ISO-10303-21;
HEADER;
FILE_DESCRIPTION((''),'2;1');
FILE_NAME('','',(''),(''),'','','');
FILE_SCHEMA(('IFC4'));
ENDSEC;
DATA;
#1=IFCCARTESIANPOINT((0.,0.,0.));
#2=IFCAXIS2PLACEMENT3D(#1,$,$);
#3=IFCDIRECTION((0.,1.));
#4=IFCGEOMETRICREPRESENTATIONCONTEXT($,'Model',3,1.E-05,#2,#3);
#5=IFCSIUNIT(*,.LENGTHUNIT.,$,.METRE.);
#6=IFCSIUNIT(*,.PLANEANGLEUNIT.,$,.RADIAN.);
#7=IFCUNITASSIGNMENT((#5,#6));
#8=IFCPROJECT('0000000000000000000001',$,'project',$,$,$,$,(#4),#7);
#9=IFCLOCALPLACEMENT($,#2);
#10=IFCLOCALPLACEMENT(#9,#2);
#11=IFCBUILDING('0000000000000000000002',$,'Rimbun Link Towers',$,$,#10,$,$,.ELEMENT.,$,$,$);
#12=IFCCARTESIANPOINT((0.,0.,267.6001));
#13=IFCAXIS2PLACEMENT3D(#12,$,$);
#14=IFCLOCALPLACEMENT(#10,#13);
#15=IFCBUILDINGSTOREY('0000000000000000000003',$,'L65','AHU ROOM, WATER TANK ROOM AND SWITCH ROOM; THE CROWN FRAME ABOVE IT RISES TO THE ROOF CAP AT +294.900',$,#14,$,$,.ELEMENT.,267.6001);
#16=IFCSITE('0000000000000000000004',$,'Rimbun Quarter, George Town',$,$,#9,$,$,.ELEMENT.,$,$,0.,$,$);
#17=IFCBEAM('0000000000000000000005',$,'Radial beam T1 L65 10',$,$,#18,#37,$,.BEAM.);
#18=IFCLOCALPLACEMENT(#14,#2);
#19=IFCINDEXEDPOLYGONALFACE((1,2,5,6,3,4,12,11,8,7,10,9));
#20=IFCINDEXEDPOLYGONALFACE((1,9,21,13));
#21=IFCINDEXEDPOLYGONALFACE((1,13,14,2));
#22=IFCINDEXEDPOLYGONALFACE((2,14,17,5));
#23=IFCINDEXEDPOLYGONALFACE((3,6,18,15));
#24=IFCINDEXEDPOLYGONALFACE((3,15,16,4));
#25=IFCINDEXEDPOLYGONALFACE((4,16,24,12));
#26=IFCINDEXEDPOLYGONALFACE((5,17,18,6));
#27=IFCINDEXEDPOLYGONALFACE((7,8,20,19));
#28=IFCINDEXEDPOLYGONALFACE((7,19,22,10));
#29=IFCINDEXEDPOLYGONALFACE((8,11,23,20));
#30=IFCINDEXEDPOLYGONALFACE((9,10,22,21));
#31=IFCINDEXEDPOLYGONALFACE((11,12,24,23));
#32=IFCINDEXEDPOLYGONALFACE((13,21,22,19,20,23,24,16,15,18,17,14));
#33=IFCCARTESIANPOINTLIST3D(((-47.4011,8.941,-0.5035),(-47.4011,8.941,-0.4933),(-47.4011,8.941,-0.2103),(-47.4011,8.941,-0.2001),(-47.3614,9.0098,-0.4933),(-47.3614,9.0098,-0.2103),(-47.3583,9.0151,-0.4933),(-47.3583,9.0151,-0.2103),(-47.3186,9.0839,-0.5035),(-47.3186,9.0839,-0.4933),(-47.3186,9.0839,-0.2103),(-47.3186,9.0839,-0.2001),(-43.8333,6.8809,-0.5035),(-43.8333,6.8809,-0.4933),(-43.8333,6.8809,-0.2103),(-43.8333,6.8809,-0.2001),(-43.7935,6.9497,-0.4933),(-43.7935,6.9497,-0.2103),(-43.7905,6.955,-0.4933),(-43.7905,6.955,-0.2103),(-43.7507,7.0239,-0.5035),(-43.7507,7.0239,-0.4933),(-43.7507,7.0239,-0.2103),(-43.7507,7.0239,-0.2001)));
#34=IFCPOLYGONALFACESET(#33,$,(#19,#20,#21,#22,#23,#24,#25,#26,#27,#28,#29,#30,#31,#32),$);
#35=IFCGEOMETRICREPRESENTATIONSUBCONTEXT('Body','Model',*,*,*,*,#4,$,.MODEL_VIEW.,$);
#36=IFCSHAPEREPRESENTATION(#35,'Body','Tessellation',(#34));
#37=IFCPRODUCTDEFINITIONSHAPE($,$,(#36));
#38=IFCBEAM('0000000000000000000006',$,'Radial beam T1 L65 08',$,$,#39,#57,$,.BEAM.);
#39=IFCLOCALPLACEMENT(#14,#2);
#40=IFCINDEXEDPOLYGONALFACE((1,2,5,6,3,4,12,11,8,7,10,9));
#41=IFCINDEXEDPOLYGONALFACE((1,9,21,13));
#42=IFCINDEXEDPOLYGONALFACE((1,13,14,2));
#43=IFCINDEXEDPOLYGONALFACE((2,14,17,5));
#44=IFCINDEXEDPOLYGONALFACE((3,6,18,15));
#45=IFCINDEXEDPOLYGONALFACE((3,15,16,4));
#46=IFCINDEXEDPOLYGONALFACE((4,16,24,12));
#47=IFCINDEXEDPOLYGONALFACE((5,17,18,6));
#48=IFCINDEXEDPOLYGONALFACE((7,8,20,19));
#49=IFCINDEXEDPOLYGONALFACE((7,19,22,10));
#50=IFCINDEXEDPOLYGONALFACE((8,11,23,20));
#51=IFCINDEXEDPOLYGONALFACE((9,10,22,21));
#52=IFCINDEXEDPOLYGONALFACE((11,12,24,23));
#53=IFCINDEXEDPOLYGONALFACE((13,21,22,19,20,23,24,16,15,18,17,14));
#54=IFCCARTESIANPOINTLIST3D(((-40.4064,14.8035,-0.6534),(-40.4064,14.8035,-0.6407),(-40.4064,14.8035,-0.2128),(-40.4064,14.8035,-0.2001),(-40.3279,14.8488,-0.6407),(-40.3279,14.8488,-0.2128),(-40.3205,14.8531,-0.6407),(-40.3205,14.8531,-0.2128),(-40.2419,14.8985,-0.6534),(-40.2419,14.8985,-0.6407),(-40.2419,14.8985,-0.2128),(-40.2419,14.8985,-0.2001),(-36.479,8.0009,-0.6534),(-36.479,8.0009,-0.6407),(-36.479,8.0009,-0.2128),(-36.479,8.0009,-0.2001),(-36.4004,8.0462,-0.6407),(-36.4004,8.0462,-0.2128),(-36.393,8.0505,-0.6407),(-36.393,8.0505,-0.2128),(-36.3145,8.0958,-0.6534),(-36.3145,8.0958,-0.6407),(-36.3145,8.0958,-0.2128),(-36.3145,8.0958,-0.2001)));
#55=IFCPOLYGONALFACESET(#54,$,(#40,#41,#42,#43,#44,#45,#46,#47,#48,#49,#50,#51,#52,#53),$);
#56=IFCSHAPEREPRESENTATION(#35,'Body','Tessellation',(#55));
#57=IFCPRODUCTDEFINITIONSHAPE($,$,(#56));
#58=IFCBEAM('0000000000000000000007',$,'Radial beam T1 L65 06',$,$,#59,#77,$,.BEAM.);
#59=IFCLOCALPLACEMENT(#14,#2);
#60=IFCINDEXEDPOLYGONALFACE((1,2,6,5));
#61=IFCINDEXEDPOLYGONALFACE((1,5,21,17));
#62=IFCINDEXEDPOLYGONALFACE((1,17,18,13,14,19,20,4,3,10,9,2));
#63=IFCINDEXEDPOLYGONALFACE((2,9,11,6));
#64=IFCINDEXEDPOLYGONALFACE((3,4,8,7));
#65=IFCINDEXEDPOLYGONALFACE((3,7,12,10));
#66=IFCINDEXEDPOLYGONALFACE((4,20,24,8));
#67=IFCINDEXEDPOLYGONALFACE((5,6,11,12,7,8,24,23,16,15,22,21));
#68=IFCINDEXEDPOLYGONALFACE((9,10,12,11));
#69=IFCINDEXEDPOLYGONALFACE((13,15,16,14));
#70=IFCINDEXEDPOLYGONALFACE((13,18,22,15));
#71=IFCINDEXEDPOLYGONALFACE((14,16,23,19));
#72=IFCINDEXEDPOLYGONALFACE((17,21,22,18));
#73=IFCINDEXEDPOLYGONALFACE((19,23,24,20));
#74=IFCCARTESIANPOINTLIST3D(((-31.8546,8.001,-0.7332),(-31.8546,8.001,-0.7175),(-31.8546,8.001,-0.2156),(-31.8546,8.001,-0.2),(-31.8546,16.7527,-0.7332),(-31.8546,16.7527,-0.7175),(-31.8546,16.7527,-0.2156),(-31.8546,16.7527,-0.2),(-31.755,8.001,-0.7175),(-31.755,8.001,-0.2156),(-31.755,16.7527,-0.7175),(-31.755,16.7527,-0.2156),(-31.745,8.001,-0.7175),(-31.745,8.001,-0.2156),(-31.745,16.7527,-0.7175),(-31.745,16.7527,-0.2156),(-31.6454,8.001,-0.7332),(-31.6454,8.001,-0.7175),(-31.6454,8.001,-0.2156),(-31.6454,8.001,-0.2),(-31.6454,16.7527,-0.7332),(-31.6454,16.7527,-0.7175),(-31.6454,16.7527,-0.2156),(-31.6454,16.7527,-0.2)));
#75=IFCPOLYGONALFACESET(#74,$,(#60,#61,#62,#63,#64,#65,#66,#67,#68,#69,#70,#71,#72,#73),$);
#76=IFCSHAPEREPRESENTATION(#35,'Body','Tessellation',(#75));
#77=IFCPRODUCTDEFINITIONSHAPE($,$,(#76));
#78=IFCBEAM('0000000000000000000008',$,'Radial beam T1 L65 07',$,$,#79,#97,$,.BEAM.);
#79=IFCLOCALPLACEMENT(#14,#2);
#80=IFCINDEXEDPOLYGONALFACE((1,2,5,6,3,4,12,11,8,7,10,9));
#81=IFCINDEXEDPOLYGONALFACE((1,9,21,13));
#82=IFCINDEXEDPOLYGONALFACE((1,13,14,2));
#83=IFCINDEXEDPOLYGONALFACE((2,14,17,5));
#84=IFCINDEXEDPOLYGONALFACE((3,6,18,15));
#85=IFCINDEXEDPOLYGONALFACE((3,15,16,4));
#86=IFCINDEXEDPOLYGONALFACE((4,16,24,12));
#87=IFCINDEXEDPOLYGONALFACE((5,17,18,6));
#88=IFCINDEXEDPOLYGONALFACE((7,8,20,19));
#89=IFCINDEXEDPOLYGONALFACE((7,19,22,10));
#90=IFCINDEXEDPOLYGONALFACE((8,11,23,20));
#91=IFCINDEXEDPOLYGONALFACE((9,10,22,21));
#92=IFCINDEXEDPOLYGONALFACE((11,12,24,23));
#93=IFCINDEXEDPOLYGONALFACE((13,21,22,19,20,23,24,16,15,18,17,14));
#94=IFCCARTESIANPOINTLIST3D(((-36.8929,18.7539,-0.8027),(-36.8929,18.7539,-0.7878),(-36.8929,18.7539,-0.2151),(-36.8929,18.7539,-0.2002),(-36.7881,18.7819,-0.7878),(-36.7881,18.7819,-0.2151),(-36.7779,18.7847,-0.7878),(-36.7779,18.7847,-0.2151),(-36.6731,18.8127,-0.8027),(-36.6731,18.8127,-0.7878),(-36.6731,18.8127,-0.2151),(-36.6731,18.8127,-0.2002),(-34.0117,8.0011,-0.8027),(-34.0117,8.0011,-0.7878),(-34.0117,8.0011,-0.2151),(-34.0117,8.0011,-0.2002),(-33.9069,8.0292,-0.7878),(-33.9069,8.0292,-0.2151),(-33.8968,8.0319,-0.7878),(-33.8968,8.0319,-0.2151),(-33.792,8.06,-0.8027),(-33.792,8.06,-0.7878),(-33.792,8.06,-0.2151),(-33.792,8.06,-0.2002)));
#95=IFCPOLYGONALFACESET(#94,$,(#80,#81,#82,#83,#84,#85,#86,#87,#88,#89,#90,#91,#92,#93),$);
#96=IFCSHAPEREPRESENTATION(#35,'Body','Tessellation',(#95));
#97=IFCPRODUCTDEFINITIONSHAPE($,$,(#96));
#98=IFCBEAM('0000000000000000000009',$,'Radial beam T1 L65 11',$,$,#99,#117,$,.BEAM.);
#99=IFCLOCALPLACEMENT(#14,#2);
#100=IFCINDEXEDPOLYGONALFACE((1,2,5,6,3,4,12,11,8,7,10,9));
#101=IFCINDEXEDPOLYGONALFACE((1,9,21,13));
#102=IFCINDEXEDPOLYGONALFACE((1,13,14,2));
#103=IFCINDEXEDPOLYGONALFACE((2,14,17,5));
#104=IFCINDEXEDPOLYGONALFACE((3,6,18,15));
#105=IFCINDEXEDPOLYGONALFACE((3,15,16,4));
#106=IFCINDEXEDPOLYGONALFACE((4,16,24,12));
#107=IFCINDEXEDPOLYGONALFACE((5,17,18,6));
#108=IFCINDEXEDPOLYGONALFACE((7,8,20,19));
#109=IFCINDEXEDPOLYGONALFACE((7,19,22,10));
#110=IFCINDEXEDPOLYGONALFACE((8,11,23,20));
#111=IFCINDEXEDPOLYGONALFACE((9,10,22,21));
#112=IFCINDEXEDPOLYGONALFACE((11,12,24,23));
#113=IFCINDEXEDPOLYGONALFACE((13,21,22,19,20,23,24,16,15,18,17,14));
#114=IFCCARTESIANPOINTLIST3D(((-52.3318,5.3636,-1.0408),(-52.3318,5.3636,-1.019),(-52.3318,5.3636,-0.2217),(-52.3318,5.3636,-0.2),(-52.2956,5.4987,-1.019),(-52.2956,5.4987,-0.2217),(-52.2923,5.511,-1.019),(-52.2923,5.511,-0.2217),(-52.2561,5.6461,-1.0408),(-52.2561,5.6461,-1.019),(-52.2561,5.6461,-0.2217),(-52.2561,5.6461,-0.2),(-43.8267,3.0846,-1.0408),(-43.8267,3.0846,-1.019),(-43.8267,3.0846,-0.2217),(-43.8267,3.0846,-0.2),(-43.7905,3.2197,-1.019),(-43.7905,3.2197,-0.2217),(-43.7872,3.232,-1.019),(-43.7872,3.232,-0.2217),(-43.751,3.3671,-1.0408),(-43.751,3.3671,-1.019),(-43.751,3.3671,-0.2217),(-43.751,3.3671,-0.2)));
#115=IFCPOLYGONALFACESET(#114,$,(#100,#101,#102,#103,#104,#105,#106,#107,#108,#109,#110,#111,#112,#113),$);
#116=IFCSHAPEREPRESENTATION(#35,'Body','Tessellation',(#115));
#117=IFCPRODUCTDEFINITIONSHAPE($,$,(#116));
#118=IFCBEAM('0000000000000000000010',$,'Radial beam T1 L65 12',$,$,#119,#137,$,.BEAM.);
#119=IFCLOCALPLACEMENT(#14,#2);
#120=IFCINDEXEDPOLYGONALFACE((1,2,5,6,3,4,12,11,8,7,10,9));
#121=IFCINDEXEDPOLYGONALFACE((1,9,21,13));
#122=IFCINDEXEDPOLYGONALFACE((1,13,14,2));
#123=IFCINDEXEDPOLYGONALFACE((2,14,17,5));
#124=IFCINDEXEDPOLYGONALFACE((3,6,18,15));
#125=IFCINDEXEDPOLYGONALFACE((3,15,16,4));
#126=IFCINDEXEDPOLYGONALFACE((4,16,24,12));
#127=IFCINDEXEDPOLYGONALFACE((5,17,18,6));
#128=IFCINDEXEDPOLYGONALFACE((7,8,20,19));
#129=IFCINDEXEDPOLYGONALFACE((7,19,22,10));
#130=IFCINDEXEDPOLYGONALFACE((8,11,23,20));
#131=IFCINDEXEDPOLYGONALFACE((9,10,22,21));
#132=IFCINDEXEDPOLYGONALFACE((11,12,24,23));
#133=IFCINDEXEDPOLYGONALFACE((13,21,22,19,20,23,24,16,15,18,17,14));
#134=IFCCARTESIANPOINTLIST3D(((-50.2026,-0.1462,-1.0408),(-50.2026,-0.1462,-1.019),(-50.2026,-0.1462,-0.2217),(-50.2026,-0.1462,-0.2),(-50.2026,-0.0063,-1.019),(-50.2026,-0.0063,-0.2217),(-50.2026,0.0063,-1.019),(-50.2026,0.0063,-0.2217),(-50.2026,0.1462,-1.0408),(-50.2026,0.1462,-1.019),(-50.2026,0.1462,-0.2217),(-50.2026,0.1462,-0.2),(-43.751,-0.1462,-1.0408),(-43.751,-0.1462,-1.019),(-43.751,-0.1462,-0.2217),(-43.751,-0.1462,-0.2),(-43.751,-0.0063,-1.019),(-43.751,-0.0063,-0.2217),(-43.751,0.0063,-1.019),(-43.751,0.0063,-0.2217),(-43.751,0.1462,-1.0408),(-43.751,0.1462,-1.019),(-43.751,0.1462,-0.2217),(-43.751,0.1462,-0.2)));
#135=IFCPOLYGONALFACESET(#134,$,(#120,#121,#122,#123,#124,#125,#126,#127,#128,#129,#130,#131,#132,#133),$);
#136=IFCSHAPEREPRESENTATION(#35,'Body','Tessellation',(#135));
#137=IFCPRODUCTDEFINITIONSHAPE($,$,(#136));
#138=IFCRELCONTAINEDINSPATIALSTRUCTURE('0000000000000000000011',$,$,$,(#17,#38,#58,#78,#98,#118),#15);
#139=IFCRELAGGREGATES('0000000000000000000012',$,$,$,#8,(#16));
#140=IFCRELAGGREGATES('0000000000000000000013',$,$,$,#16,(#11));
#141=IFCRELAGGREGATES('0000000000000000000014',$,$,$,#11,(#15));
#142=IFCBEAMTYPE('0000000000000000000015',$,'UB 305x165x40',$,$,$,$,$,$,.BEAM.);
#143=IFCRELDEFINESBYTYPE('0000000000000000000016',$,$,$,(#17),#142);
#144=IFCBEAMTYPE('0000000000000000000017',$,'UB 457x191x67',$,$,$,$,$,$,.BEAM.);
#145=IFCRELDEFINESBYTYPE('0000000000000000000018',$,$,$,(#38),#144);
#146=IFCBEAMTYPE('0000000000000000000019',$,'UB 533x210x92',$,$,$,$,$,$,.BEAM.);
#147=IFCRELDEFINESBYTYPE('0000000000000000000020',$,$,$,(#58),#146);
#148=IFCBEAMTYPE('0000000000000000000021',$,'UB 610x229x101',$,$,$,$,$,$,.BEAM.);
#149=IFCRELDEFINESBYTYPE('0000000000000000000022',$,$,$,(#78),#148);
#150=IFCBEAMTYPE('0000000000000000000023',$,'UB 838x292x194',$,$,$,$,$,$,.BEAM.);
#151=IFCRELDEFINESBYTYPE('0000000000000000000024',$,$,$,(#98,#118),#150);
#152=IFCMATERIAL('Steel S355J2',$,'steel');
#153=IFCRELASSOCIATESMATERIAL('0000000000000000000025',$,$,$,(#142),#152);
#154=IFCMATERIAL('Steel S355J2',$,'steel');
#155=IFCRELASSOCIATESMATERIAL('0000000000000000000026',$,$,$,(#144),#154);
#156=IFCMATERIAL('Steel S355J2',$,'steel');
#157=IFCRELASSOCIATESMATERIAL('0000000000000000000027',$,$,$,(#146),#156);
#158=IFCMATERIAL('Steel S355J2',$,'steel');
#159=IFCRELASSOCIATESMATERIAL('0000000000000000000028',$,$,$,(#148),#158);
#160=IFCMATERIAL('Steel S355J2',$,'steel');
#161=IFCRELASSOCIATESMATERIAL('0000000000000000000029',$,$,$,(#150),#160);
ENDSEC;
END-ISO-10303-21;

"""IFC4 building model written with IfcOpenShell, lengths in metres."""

from ifc_helpers import new_model, si_unit, direction, frame, origin, origin_2d, place, context, subcontext, project, spatial, i_section, extrude, material, material_profile, profile_set, type_object, element, save


model = new_model("IFC4")

# Units and contexts
model_context = context("Model", 3, precision=1e-05, world=origin(), true_north=direction((0.0, 1.0)))
body_context = subcontext(model_context, "Body", "Model", "MODEL_VIEW")
ifc_project = project(units=[si_unit("LENGTHUNIT", "METRE"), si_unit("PLANEANGLEUNIT", "RADIAN")], contexts=[model_context])

# Site, building, storey
site_placement = place(None, origin())
site = spatial("IfcSite", under=ifc_project, at=site_placement, Name="Rimbun Quarter, George Town", CompositionType="ELEMENT", RefElevation=0.0)
building_placement = place(site_placement, origin())
building = spatial("IfcBuilding", under=site, at=building_placement, Name="Rimbun Link Towers", CompositionType="ELEMENT")
storey_placement = place(building_placement, frame((0.0, 0.0, 267.6001)))
storey = spatial("IfcBuildingStorey", under=building, at=storey_placement, Name="L65", Description="AHU ROOM, WATER TANK ROOM AND SWITCH ROOM; THE CROWN FRAME ABOVE IT RISES TO THE ROOF CAP AT +294.900", CompositionType="ELEMENT", Elevation=267.6001)

# Beams
ifc_material_1 = material(Name="Steel S355J2", Category="steel")
ifc_material_profile_1 = material_profile(ifc_material_1, i_section(OverallWidth=0.165, OverallDepth=0.3035, WebThickness=0.0061, FlangeThickness=0.0103, at=origin_2d()), Name="UB 305x165x40")
ifc_profile_set_1 = profile_set([ifc_material_profile_1], Name="Steel S355J2")
beam_type_1 = type_object("IfcBeamType", Name="UB 305x165x40", PredefinedType="BEAM", material=ifc_profile_set_1)
beam_1_placement = place(storey_placement, frame((-43.792, 6.9524, -0.3518), z_axis=(-0.86601, 0.500027, 0.0), x_axis=(-0.500027, -0.86601, 0.0)))
element("IfcBeam", 1, at=beam_1_placement, inside=storey, type_object=beam_type_1, Name="Radial beam T1 L65 10", PredefinedType="BEAM", context=body_context, shape_type="SweptSolid", body=[
    extrude(i_section(OverallWidth=0.165, OverallDepth=0.3035, WebThickness=0.0061, FlangeThickness=0.0103, at=origin_2d()), origin(), (0.0, 0.0, 1.0), 4.1199),
])
ifc_material_2 = material(Name="Steel S355J2", Category="steel")
ifc_material_profile_2 = material_profile(ifc_material_2, i_section(OverallWidth=0.1899, OverallDepth=0.4534, WebThickness=0.0085, FlangeThickness=0.0127, at=origin_2d()), Name="UB 457x191x67")
ifc_profile_set_2 = profile_set([ifc_material_profile_2], Name="Steel S355J2")
beam_type_2 = type_object("IfcBeamType", Name="UB 457x191x67", PredefinedType="BEAM", material=ifc_profile_set_2)
beam_2_placement = place(storey_placement, frame((-36.3967, 8.0483, -0.4268), z_axis=(-0.499993, 0.866029, 0.0), x_axis=(-0.866029, -0.499993, 0.0)))
element("IfcBeam", 2, at=beam_2_placement, inside=storey, type_object=beam_type_2, Name="Radial beam T1 L65 08", PredefinedType="BEAM", context=body_context, shape_type="SweptSolid", body=[
    extrude(i_section(OverallWidth=0.1899, OverallDepth=0.4534, WebThickness=0.0085, FlangeThickness=0.0127, at=origin_2d()), origin(), (0.0, 0.0, 1.0), 7.855),
])
ifc_material_3 = material(Name="Steel S355J2", Category="steel")
ifc_material_profile_3 = material_profile(ifc_material_3, i_section(OverallWidth=0.2092, OverallDepth=0.5332, WebThickness=0.01, FlangeThickness=0.0156, at=origin_2d()), Name="UB 533x210x92")
ifc_profile_set_3 = profile_set([ifc_material_profile_3], Name="Steel S355J2")
beam_type_3 = type_object("IfcBeamType", Name="UB 533x210x92", PredefinedType="BEAM", material=ifc_profile_set_3)
beam_3_placement = place(storey_placement, frame((-31.75, 8.001, -0.4666), z_axis=(0.0, 1.0, 0.0), x_axis=(-1.0, 0.0, 0.0)))
element("IfcBeam", 3, at=beam_3_placement, inside=storey, type_object=beam_type_3, Name="Radial beam T1 L65 06", PredefinedType="BEAM", context=body_context, shape_type="SweptSolid", body=[
    extrude(i_section(OverallWidth=0.2092, OverallDepth=0.5332, WebThickness=0.01, FlangeThickness=0.0156, at=origin_2d()), origin(), (0.0, 0.0, 1.0), 8.7517),
])
ifc_material_4 = material(Name="Steel S355J2", Category="steel")
ifc_material_profile_4 = material_profile(ifc_material_4, i_section(OverallWidth=0.2275, OverallDepth=0.6025, WebThickness=0.0105, FlangeThickness=0.0149, at=origin_2d()), Name="UB 610x229x101")
ifc_profile_set_4 = profile_set([ifc_material_profile_4], Name="Steel S355J2")
beam_type_4 = type_object("IfcBeamType", Name="UB 610x229x101", PredefinedType="BEAM", material=ifc_profile_set_4)
beam_4_placement = place(storey_placement, frame((-33.9019, 8.0305, -0.5015), z_axis=(-0.258813, 0.965927, 0.0), x_axis=(-0.965927, -0.258813, 0.0)))
element("IfcBeam", 4, at=beam_4_placement, inside=storey, type_object=beam_type_4, Name="Radial beam T1 L65 07", PredefinedType="BEAM", context=body_context, shape_type="SweptSolid", body=[
    extrude(i_section(OverallWidth=0.2275, OverallDepth=0.6025, WebThickness=0.0105, FlangeThickness=0.0149, at=origin_2d()), origin(), (0.0, 0.0, 1.0), 11.1321),
])
ifc_material_5 = material(Name="Steel S355J2", Category="steel")
ifc_material_profile_5 = material_profile(ifc_material_5, i_section(OverallWidth=0.2925, OverallDepth=0.8408, WebThickness=0.0127, FlangeThickness=0.0217, at=origin_2d()), Name="UB 838x292x194")
ifc_profile_set_5 = profile_set([ifc_material_profile_5], Name="Steel S355J2")
beam_type_5 = type_object("IfcBeamType", Name="UB 838x292x194", PredefinedType="BEAM", material=ifc_profile_set_5)
beam_5_placement = place(storey_placement, frame((-43.7888, 3.2258, -0.6204), z_axis=(-0.965923, 0.258831, 0.0), x_axis=(-0.258831, -0.965923, 0.0)))
element("IfcBeam", 5, at=beam_5_placement, inside=storey, type_object=beam_type_5, Name="Radial beam T1 L65 11", PredefinedType="BEAM", context=body_context, shape_type="SweptSolid", body=[
    extrude(i_section(OverallWidth=0.2925, OverallDepth=0.8408, WebThickness=0.0127, FlangeThickness=0.0217, at=origin_2d()), origin(), (0.0, 0.0, 1.0), 8.8052),
])
beam_6_placement = place(storey_placement, frame((-43.751, 0.0, -0.6204), z_axis=(-1.0, 0.0, 0.0), x_axis=(0.0, -1.0, 0.0)))
element("IfcBeam", 6, at=beam_6_placement, inside=storey, type_object=beam_type_5, Name="Radial beam T1 L65 12", PredefinedType="BEAM", context=body_context, shape_type="SweptSolid", body=[
    extrude(i_section(OverallWidth=0.2925, OverallDepth=0.8408, WebThickness=0.0127, FlangeThickness=0.0217, at=origin_2d()), origin(), (0.0, 0.0, 1.0), 6.4517),
])

save(model, "model.ifc")
